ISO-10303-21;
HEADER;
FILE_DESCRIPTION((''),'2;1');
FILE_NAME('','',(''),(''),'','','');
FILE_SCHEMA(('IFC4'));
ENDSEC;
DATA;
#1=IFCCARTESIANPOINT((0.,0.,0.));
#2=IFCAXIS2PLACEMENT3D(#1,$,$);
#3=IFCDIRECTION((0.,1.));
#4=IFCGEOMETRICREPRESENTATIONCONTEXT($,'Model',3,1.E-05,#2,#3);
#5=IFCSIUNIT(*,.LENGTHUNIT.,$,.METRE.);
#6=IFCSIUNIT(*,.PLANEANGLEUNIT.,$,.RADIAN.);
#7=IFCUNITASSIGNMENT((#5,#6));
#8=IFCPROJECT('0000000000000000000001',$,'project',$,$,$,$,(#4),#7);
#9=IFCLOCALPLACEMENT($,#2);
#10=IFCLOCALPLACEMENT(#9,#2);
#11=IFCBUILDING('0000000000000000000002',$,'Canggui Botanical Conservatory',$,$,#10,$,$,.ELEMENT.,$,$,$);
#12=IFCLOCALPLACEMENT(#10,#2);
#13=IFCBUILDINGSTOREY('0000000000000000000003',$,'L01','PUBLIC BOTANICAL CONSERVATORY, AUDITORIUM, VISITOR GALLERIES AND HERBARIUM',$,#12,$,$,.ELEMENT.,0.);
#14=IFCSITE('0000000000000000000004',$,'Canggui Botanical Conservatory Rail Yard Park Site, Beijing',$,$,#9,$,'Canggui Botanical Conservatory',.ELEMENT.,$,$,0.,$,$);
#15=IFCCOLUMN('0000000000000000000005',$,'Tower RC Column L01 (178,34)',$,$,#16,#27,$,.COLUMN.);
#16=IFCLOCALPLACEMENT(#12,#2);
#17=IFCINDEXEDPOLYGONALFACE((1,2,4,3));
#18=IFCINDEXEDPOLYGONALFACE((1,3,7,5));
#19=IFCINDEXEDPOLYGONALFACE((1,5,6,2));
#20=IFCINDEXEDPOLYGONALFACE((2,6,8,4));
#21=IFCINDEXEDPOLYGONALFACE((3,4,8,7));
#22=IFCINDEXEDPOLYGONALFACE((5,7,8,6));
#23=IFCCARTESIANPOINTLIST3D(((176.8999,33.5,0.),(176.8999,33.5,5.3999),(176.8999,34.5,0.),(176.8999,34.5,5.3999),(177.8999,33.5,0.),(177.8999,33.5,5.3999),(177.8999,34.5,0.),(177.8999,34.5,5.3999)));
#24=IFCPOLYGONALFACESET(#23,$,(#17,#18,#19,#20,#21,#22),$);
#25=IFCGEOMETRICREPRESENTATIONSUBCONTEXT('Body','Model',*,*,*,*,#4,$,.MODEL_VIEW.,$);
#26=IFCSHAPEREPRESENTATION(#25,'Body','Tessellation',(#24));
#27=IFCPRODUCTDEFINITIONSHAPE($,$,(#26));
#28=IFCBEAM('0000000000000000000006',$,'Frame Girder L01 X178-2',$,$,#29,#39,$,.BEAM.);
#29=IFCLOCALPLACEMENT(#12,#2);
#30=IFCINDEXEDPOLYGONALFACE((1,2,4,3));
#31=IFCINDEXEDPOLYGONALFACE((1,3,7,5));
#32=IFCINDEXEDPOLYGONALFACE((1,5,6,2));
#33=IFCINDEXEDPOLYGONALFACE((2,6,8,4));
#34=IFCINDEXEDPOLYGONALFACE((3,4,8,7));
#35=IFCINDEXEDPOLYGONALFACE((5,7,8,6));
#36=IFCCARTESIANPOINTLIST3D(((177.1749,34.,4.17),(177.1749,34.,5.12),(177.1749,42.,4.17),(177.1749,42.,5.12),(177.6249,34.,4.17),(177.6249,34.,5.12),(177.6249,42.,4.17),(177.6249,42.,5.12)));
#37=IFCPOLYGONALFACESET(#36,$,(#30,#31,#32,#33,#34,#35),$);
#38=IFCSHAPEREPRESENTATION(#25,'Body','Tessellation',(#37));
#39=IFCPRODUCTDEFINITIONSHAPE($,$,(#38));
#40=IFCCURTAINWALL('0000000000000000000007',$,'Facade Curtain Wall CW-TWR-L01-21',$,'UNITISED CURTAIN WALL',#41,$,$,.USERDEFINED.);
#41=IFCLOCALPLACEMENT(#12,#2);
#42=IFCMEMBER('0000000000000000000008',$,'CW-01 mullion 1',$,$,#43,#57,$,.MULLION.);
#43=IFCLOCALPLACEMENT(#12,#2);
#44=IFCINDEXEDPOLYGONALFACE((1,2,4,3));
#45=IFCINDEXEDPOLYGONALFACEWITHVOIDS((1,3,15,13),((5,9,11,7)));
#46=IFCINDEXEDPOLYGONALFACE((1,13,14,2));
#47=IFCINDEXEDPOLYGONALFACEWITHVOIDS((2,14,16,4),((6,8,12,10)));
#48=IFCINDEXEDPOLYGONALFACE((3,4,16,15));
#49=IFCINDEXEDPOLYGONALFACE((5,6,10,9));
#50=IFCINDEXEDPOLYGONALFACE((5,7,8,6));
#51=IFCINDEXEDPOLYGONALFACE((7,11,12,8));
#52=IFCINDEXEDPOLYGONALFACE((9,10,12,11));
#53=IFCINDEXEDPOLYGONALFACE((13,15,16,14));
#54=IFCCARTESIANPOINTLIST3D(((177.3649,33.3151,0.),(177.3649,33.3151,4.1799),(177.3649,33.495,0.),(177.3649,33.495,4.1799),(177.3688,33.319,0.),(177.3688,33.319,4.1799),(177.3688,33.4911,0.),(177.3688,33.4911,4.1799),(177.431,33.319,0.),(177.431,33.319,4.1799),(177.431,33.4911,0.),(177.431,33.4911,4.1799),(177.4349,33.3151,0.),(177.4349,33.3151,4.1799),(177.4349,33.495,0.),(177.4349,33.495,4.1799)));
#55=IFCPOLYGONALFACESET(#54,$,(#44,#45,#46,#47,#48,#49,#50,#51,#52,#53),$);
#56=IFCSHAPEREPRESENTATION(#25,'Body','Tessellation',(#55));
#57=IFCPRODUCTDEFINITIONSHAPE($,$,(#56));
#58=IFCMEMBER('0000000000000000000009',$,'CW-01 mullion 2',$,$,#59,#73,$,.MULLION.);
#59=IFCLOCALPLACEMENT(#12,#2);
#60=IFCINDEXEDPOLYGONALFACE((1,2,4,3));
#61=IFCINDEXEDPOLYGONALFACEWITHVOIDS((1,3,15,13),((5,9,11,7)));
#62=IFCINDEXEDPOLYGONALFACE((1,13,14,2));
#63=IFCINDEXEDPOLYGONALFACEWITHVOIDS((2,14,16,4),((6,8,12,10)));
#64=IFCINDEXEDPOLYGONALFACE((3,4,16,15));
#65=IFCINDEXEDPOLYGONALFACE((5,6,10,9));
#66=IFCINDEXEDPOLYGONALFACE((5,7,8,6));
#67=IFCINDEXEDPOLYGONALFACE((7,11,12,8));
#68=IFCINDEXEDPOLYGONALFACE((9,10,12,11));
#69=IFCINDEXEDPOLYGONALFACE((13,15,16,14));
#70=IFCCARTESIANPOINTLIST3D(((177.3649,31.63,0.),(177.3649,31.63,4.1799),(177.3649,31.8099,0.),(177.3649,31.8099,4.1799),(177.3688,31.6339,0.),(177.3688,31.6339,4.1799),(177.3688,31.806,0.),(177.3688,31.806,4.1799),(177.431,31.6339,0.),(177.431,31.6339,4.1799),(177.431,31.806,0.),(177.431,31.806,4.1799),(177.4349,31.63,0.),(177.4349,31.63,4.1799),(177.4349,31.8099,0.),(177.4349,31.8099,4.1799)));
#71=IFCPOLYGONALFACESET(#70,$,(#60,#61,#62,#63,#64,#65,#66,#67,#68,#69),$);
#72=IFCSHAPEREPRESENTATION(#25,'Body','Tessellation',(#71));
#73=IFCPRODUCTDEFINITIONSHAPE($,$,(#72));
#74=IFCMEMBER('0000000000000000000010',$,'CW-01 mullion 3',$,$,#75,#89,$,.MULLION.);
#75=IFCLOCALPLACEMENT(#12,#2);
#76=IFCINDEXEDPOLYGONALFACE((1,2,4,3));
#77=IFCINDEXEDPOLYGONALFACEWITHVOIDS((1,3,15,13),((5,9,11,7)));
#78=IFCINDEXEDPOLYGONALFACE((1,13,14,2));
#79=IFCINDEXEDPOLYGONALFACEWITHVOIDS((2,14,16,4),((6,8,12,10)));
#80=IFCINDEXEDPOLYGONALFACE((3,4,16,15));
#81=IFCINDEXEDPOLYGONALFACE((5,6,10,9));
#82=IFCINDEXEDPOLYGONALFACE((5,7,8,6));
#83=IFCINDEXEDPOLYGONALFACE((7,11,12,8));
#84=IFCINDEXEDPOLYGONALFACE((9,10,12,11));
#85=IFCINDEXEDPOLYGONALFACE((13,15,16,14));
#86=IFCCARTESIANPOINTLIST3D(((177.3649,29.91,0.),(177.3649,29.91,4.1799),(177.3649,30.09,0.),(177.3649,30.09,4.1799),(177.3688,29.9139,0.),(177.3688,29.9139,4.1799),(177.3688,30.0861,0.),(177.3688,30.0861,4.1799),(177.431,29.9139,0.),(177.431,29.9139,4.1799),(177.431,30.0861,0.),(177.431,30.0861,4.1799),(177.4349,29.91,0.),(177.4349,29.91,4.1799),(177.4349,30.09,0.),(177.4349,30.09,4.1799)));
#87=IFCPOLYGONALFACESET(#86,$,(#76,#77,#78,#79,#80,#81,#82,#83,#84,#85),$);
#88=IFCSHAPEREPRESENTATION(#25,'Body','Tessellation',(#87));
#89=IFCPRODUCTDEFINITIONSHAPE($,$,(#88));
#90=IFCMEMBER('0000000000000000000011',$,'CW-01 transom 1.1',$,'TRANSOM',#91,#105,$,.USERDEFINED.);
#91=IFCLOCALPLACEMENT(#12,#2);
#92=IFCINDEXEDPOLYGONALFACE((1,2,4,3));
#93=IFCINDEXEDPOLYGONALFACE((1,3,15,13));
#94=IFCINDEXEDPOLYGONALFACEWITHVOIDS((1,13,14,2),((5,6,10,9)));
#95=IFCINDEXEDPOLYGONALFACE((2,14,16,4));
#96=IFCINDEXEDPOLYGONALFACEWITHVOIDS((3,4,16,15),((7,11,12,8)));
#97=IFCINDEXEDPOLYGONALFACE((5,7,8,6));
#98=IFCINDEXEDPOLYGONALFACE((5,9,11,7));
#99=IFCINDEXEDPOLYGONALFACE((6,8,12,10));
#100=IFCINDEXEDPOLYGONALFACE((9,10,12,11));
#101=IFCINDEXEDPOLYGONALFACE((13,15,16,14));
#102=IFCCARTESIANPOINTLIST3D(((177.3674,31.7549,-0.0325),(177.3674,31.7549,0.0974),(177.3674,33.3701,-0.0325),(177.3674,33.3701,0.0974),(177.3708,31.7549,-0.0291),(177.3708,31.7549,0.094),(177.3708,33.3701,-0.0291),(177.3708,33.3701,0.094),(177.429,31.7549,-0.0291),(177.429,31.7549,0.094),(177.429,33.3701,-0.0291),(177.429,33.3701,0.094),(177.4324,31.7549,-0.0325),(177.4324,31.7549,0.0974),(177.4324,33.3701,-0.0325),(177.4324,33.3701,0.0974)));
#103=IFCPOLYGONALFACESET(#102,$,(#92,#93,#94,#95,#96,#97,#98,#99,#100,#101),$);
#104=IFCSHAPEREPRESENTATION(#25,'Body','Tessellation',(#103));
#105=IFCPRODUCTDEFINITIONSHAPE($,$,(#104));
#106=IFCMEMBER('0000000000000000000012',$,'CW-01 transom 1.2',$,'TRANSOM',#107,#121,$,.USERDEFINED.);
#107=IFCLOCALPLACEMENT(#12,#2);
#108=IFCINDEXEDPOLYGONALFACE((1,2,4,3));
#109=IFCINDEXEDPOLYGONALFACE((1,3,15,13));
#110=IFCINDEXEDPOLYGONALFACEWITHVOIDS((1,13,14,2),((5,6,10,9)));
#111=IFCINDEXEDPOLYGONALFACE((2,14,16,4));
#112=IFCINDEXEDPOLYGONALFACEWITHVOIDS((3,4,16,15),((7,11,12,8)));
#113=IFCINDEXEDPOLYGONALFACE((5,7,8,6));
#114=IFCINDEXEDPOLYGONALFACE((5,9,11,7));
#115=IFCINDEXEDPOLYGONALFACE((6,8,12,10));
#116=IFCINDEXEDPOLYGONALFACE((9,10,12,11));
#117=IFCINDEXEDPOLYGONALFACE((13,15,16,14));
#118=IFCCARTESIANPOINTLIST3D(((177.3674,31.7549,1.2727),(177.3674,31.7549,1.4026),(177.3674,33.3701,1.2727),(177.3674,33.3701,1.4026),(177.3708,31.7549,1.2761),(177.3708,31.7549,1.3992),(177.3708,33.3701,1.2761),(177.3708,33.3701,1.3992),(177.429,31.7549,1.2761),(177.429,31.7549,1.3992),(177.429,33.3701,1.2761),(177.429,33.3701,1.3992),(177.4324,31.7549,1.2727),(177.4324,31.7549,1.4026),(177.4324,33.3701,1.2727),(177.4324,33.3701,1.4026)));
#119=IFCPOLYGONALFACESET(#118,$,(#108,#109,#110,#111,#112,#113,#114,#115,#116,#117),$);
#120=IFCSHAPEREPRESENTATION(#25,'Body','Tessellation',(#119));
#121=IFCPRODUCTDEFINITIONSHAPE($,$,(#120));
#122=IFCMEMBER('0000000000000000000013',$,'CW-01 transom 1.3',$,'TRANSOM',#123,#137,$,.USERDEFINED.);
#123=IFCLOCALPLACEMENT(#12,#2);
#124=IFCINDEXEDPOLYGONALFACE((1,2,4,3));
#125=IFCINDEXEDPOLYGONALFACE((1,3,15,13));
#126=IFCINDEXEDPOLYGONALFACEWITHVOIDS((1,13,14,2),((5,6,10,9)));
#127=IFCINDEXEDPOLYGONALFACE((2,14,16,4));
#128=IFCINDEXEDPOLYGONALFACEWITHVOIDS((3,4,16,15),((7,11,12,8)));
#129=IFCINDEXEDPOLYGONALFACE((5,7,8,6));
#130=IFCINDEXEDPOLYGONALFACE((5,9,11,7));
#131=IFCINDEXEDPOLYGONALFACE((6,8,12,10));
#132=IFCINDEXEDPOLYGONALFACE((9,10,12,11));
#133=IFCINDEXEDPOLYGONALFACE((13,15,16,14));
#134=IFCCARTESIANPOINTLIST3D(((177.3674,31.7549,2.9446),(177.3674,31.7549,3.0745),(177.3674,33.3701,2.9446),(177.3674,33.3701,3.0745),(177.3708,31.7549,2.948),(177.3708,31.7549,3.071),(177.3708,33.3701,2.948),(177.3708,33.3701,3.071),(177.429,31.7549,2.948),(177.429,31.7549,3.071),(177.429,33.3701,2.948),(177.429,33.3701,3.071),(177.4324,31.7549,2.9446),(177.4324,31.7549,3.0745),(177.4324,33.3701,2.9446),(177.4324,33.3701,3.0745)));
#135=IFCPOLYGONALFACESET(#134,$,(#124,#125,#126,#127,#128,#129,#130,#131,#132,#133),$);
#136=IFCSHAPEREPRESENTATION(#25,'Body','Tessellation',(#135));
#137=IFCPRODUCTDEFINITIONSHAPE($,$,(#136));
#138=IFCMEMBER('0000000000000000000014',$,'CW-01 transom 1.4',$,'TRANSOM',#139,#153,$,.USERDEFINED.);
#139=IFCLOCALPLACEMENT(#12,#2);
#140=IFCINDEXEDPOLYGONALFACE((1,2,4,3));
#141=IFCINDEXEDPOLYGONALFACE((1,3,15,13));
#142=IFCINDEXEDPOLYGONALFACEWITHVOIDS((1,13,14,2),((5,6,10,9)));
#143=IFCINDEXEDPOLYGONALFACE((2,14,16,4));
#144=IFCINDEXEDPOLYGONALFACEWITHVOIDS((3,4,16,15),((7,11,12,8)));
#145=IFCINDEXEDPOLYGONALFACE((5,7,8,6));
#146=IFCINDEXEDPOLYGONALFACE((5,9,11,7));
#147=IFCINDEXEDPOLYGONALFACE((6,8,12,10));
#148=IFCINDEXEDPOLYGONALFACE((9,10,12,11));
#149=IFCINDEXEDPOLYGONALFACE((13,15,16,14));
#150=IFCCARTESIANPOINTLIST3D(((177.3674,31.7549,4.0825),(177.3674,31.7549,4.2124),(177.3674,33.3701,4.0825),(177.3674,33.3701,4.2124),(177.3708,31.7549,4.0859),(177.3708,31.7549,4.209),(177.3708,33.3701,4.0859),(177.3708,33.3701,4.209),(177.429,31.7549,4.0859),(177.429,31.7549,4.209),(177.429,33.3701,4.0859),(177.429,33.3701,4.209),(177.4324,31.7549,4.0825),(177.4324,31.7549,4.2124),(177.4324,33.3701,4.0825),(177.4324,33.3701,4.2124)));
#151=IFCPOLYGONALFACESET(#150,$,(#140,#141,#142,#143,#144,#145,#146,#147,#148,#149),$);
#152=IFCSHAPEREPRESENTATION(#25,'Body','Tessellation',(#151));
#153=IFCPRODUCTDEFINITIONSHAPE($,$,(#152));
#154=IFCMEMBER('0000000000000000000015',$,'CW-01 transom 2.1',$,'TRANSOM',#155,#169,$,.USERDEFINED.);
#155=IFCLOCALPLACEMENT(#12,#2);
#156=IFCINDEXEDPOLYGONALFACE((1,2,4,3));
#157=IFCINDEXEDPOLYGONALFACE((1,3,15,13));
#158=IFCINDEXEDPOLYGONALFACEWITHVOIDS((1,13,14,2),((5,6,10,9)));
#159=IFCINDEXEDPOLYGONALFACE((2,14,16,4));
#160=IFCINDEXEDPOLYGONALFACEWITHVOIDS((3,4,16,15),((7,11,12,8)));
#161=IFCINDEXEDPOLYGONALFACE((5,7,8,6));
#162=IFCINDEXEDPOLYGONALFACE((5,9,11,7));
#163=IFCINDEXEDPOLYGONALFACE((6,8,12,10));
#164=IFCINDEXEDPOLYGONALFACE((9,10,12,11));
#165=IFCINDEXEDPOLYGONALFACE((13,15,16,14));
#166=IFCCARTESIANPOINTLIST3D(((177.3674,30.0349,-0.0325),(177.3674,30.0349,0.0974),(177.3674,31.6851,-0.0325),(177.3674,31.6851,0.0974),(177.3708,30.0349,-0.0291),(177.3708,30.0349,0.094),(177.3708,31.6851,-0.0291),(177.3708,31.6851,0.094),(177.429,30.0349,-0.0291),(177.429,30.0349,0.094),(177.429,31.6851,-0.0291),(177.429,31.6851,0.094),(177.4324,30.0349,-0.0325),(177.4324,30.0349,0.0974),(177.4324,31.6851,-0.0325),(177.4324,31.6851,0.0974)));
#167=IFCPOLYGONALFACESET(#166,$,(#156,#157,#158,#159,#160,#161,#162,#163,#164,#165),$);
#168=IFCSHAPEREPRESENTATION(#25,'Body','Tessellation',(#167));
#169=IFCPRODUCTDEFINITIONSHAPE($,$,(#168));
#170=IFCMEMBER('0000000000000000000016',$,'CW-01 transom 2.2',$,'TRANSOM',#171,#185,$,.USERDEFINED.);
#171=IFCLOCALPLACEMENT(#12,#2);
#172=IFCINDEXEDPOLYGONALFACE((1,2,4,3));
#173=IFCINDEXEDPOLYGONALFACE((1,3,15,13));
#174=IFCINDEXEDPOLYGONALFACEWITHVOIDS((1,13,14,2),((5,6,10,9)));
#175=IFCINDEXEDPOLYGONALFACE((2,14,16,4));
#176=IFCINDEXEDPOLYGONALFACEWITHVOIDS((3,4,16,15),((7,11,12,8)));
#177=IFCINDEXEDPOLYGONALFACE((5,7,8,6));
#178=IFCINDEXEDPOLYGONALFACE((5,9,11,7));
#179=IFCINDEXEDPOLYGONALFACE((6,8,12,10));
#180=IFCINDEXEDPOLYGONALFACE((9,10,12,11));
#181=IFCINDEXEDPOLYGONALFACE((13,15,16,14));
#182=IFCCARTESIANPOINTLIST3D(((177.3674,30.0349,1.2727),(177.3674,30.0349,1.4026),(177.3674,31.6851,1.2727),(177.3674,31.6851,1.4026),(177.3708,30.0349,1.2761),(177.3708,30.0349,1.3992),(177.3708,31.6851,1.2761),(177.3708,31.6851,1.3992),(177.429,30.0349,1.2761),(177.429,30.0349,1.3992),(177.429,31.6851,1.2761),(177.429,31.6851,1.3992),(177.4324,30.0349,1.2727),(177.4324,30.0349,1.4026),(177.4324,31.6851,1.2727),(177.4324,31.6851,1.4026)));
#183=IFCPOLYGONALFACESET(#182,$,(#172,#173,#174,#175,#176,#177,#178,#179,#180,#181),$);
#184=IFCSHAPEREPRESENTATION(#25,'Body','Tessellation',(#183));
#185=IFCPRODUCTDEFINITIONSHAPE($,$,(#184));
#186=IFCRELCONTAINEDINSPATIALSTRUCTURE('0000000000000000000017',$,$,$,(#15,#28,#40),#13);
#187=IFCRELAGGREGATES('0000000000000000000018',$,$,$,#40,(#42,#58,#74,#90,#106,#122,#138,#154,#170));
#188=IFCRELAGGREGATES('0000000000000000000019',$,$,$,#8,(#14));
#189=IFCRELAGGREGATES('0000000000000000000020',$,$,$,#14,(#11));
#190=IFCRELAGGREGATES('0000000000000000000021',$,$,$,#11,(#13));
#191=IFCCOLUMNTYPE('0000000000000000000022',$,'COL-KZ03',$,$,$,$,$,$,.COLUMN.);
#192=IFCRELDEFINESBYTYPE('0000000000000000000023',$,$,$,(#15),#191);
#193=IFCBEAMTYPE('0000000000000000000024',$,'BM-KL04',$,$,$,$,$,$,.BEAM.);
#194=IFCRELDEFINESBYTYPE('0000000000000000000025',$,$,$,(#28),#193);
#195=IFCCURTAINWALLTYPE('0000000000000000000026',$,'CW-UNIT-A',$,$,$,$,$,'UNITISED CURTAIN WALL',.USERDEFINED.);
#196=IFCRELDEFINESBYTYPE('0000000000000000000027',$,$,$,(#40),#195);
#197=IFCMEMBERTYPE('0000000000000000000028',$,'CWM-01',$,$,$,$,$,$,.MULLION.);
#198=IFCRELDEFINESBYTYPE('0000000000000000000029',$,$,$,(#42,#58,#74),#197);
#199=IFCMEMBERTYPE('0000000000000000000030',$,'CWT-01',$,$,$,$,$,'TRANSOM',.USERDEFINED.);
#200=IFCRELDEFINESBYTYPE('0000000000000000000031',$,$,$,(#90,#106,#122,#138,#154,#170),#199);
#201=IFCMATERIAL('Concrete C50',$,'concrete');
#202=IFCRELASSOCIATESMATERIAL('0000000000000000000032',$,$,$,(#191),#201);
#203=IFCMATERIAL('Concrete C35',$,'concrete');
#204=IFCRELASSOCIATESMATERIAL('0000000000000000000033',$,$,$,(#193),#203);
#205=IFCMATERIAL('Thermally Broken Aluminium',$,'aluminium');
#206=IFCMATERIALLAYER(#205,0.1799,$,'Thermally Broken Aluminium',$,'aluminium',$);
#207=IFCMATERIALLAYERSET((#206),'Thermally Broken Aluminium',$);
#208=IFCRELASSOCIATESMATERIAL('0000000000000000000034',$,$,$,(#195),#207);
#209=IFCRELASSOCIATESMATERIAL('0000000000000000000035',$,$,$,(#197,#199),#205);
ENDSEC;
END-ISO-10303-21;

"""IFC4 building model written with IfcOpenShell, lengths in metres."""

from ifc_helpers import new_model, si_unit, direction, frame, origin, origin_2d, place, context, subcontext, project, spatial, rectangle, hollow_rectangle, extrude, material, layer, layer_set, material_profile, profile_set, type_object, element, aggregate, save


model = new_model("IFC4")

# Units and contexts
model_context = context("Model", 3, precision=1e-05, world=origin(), true_north=direction((0.0, 1.0)))
body_context = subcontext(model_context, "Body", "Model", "MODEL_VIEW")
ifc_project = project(units=[si_unit("LENGTHUNIT", "METRE"), si_unit("PLANEANGLEUNIT", "RADIAN")], contexts=[model_context])

# Site, building, storey
site_placement = place(None, origin())
site = spatial("IfcSite", under=ifc_project, at=site_placement, Name="Canggui Botanical Conservatory Rail Yard Park Site, Beijing", LongName="Canggui Botanical Conservatory", CompositionType="ELEMENT", RefElevation=0.0)
building_placement = place(site_placement, origin())
building = spatial("IfcBuilding", under=site, at=building_placement, Name="Canggui Botanical Conservatory", CompositionType="ELEMENT")
storey_placement = place(building_placement, origin())
storey = spatial("IfcBuildingStorey", under=building, at=storey_placement, Name="L01", Description="PUBLIC BOTANICAL CONSERVATORY, AUDITORIUM, VISITOR GALLERIES AND HERBARIUM", CompositionType="ELEMENT", Elevation=0.0)

# Column
ifc_material_1 = material(Name="Concrete C50", Category="concrete")
ifc_material_profile_1 = material_profile(ifc_material_1, rectangle(XDim=1.0, YDim=1.0, at=origin_2d()), Name="RC 1000x1000")
ifc_profile_set_1 = profile_set([ifc_material_profile_1], Name="Concrete C50")
column_type = type_object("IfcColumnType", Name="COL-KZ03", PredefinedType="COLUMN", material=ifc_profile_set_1)
column_placement = place(storey_placement, frame((177.3999, 34.0, 0.0), z_axis=(0.0, 0.0, 1.0), x_axis=(1.0, 0.0, 0.0)))
element("IfcColumn", 1, at=column_placement, inside=storey, type_object=column_type, Name="Tower RC Column L01 (178,34)", PredefinedType="COLUMN", context=body_context, shape_type="SweptSolid", body=[
    extrude(rectangle(XDim=1.0, YDim=1.0, at=origin_2d()), origin(), (0.0, 0.0, 1.0), 5.3999),
])

# Beam
ifc_material_2 = material(Name="Concrete C35", Category="concrete")
ifc_material_profile_2 = material_profile(ifc_material_2, rectangle(XDim=0.45, YDim=0.95, at=origin_2d()), Name="RB 450x950")
ifc_profile_set_2 = profile_set([ifc_material_profile_2], Name="Concrete C35")
beam_type = type_object("IfcBeamType", Name="BM-KL04", PredefinedType="BEAM", material=ifc_profile_set_2)
beam_placement = place(storey_placement, frame((177.3999, 34.0, 4.645), z_axis=(0.0, 1.0, 0.0), x_axis=(-1.0, 0.0, 0.0)))
element("IfcBeam", 2, at=beam_placement, inside=storey, type_object=beam_type, Name="Frame Girder L01 X178-2", PredefinedType="BEAM", context=body_context, shape_type="SweptSolid", body=[
    extrude(rectangle(XDim=0.45, YDim=0.95, at=origin_2d()), origin(), (0.0, 0.0, 1.0), 8.0),
])

# Curtain wall, members
ifc_material_3 = material(Name="Thermally Broken Aluminium", Category="aluminium")
ifc_layer_1 = layer(ifc_material_3, 0.1799, Name="Thermally Broken Aluminium", Category="aluminium")
ifc_layer_set_1 = layer_set([ifc_layer_1], Name="Thermally Broken Aluminium")
curtain_wall_type = type_object("IfcCurtainWallType", Name="CW-UNIT-A", ElementType="UNITISED CURTAIN WALL", PredefinedType="USERDEFINED", material=ifc_layer_set_1)
curtain_wall_placement = place(storey_placement, origin())
curtain_wall = element("IfcCurtainWall", 3, at=curtain_wall_placement, inside=storey, type_object=curtain_wall_type, Name="Facade Curtain Wall CW-TWR-L01-21", ObjectType="UNITISED CURTAIN WALL", PredefinedType="USERDEFINED")
ifc_material_profile_3 = material_profile(ifc_material_3, hollow_rectangle(XDim=0.0701, YDim=0.1799, WallThickness=0.0039, at=origin_2d()), Name="CWM 70x180x4")
ifc_profile_set_3 = profile_set([ifc_material_profile_3], Name="Thermally Broken Aluminium")
member_type_1 = type_object("IfcMemberType", Name="CWM-01", PredefinedType="MULLION", material=ifc_profile_set_3)
member_1_placement = place(storey_placement, frame((177.3999, 33.405, 0.0), z_axis=(0.0, 0.0, 1.0), x_axis=(1.0, 0.0, 0.0)))
member_1 = element("IfcMember", 4, at=member_1_placement, type_object=member_type_1, Name="CW-01 mullion 1", PredefinedType="MULLION", context=body_context, shape_type="SweptSolid", body=[
    extrude(hollow_rectangle(XDim=0.0701, YDim=0.1799, WallThickness=0.0039, at=origin_2d()), origin(), (0.0, 0.0, 1.0), 4.1799),
])
member_2_placement = place(storey_placement, frame((177.3999, 31.72, 0.0), z_axis=(0.0, 0.0, 1.0), x_axis=(1.0, 0.0, 0.0)))
member_2 = element("IfcMember", 5, at=member_2_placement, type_object=member_type_1, Name="CW-01 mullion 2", PredefinedType="MULLION", context=body_context, shape_type="SweptSolid", body=[
    extrude(hollow_rectangle(XDim=0.0701, YDim=0.1799, WallThickness=0.0039, at=origin_2d()), origin(), (0.0, 0.0, 1.0), 4.1799),
])
member_3_placement = place(storey_placement, frame((177.3999, 30.0, 0.0), z_axis=(0.0, 0.0, 1.0), x_axis=(1.0, 0.0, 0.0)))
member_3 = element("IfcMember", 6, at=member_3_placement, type_object=member_type_1, Name="CW-01 mullion 3", PredefinedType="MULLION", context=body_context, shape_type="SweptSolid", body=[
    extrude(hollow_rectangle(XDim=0.0701, YDim=0.1799, WallThickness=0.0039, at=origin_2d()), origin(), (0.0, 0.0, 1.0), 4.1799),
])
ifc_material_profile_4 = material_profile(ifc_material_3, hollow_rectangle(XDim=0.0649, YDim=0.1299, WallThickness=0.0034, at=origin_2d()), Name="CWT 65x130x3.5")
ifc_profile_set_4 = profile_set([ifc_material_profile_4], Name="Thermally Broken Aluminium")
member_type_2 = type_object("IfcMemberType", Name="CWT-01", ElementType="TRANSOM", PredefinedType="USERDEFINED", material=ifc_profile_set_4)
member_4_placement = place(storey_placement, frame((177.3999, 33.3701, 0.0325), z_axis=(0.0, -1.0, 0.0), x_axis=(1.0, 0.0, 0.0)))
member_4 = element("IfcMember", 7, at=member_4_placement, type_object=member_type_2, Name="CW-01 transom 1.1", ObjectType="TRANSOM", PredefinedType="USERDEFINED", context=body_context, shape_type="SweptSolid", body=[
    extrude(hollow_rectangle(XDim=0.0649, YDim=0.1299, WallThickness=0.0034, at=origin_2d()), origin(), (0.0, 0.0, 1.0), 1.6152),
])
member_5_placement = place(storey_placement, frame((177.3999, 33.3701, 1.3376), z_axis=(0.0, -1.0, 0.0), x_axis=(1.0, 0.0, 0.0)))
member_5 = element("IfcMember", 8, at=member_5_placement, type_object=member_type_2, Name="CW-01 transom 1.2", ObjectType="TRANSOM", PredefinedType="USERDEFINED", context=body_context, shape_type="SweptSolid", body=[
    extrude(hollow_rectangle(XDim=0.0649, YDim=0.1299, WallThickness=0.0034, at=origin_2d()), origin(), (0.0, 0.0, 1.0), 1.6152),
])
member_6_placement = place(storey_placement, frame((177.3999, 33.3701, 3.0095), z_axis=(0.0, -1.0, 0.0), x_axis=(1.0, 0.0, 0.0)))
member_6 = element("IfcMember", 9, at=member_6_placement, type_object=member_type_2, Name="CW-01 transom 1.3", ObjectType="TRANSOM", PredefinedType="USERDEFINED", context=body_context, shape_type="SweptSolid", body=[
    extrude(hollow_rectangle(XDim=0.0649, YDim=0.1299, WallThickness=0.0034, at=origin_2d()), origin(), (0.0, 0.0, 1.0), 1.6152),
])
member_7_placement = place(storey_placement, frame((177.3999, 33.3701, 4.1475), z_axis=(0.0, -1.0, 0.0), x_axis=(1.0, 0.0, 0.0)))
member_7 = element("IfcMember", 10, at=member_7_placement, type_object=member_type_2, Name="CW-01 transom 1.4", ObjectType="TRANSOM", PredefinedType="USERDEFINED", context=body_context, shape_type="SweptSolid", body=[
    extrude(hollow_rectangle(XDim=0.0649, YDim=0.1299, WallThickness=0.0034, at=origin_2d()), origin(), (0.0, 0.0, 1.0), 1.6152),
])
member_8_placement = place(storey_placement, frame((177.3999, 31.6851, 0.0325), z_axis=(0.0, -1.0, 0.0), x_axis=(1.0, 0.0, 0.0)))
member_8 = element("IfcMember", 11, at=member_8_placement, type_object=member_type_2, Name="CW-01 transom 2.1", ObjectType="TRANSOM", PredefinedType="USERDEFINED", context=body_context, shape_type="SweptSolid", body=[
    extrude(hollow_rectangle(XDim=0.0649, YDim=0.1299, WallThickness=0.0034, at=origin_2d()), origin(), (0.0, 0.0, 1.0), 1.6501),
])
member_9_placement = place(storey_placement, frame((177.3999, 31.6851, 1.3376), z_axis=(0.0, -1.0, 0.0), x_axis=(1.0, 0.0, 0.0)))
member_9 = element("IfcMember", 12, at=member_9_placement, type_object=member_type_2, Name="CW-01 transom 2.2", ObjectType="TRANSOM", PredefinedType="USERDEFINED", context=body_context, shape_type="SweptSolid", body=[
    extrude(hollow_rectangle(XDim=0.0649, YDim=0.1299, WallThickness=0.0034, at=origin_2d()), origin(), (0.0, 0.0, 1.0), 1.6501),
])
aggregate(curtain_wall, [member_1, member_2, member_3, member_4, member_5, member_6, member_7, member_8, member_9])

save(model, "model.ifc")
